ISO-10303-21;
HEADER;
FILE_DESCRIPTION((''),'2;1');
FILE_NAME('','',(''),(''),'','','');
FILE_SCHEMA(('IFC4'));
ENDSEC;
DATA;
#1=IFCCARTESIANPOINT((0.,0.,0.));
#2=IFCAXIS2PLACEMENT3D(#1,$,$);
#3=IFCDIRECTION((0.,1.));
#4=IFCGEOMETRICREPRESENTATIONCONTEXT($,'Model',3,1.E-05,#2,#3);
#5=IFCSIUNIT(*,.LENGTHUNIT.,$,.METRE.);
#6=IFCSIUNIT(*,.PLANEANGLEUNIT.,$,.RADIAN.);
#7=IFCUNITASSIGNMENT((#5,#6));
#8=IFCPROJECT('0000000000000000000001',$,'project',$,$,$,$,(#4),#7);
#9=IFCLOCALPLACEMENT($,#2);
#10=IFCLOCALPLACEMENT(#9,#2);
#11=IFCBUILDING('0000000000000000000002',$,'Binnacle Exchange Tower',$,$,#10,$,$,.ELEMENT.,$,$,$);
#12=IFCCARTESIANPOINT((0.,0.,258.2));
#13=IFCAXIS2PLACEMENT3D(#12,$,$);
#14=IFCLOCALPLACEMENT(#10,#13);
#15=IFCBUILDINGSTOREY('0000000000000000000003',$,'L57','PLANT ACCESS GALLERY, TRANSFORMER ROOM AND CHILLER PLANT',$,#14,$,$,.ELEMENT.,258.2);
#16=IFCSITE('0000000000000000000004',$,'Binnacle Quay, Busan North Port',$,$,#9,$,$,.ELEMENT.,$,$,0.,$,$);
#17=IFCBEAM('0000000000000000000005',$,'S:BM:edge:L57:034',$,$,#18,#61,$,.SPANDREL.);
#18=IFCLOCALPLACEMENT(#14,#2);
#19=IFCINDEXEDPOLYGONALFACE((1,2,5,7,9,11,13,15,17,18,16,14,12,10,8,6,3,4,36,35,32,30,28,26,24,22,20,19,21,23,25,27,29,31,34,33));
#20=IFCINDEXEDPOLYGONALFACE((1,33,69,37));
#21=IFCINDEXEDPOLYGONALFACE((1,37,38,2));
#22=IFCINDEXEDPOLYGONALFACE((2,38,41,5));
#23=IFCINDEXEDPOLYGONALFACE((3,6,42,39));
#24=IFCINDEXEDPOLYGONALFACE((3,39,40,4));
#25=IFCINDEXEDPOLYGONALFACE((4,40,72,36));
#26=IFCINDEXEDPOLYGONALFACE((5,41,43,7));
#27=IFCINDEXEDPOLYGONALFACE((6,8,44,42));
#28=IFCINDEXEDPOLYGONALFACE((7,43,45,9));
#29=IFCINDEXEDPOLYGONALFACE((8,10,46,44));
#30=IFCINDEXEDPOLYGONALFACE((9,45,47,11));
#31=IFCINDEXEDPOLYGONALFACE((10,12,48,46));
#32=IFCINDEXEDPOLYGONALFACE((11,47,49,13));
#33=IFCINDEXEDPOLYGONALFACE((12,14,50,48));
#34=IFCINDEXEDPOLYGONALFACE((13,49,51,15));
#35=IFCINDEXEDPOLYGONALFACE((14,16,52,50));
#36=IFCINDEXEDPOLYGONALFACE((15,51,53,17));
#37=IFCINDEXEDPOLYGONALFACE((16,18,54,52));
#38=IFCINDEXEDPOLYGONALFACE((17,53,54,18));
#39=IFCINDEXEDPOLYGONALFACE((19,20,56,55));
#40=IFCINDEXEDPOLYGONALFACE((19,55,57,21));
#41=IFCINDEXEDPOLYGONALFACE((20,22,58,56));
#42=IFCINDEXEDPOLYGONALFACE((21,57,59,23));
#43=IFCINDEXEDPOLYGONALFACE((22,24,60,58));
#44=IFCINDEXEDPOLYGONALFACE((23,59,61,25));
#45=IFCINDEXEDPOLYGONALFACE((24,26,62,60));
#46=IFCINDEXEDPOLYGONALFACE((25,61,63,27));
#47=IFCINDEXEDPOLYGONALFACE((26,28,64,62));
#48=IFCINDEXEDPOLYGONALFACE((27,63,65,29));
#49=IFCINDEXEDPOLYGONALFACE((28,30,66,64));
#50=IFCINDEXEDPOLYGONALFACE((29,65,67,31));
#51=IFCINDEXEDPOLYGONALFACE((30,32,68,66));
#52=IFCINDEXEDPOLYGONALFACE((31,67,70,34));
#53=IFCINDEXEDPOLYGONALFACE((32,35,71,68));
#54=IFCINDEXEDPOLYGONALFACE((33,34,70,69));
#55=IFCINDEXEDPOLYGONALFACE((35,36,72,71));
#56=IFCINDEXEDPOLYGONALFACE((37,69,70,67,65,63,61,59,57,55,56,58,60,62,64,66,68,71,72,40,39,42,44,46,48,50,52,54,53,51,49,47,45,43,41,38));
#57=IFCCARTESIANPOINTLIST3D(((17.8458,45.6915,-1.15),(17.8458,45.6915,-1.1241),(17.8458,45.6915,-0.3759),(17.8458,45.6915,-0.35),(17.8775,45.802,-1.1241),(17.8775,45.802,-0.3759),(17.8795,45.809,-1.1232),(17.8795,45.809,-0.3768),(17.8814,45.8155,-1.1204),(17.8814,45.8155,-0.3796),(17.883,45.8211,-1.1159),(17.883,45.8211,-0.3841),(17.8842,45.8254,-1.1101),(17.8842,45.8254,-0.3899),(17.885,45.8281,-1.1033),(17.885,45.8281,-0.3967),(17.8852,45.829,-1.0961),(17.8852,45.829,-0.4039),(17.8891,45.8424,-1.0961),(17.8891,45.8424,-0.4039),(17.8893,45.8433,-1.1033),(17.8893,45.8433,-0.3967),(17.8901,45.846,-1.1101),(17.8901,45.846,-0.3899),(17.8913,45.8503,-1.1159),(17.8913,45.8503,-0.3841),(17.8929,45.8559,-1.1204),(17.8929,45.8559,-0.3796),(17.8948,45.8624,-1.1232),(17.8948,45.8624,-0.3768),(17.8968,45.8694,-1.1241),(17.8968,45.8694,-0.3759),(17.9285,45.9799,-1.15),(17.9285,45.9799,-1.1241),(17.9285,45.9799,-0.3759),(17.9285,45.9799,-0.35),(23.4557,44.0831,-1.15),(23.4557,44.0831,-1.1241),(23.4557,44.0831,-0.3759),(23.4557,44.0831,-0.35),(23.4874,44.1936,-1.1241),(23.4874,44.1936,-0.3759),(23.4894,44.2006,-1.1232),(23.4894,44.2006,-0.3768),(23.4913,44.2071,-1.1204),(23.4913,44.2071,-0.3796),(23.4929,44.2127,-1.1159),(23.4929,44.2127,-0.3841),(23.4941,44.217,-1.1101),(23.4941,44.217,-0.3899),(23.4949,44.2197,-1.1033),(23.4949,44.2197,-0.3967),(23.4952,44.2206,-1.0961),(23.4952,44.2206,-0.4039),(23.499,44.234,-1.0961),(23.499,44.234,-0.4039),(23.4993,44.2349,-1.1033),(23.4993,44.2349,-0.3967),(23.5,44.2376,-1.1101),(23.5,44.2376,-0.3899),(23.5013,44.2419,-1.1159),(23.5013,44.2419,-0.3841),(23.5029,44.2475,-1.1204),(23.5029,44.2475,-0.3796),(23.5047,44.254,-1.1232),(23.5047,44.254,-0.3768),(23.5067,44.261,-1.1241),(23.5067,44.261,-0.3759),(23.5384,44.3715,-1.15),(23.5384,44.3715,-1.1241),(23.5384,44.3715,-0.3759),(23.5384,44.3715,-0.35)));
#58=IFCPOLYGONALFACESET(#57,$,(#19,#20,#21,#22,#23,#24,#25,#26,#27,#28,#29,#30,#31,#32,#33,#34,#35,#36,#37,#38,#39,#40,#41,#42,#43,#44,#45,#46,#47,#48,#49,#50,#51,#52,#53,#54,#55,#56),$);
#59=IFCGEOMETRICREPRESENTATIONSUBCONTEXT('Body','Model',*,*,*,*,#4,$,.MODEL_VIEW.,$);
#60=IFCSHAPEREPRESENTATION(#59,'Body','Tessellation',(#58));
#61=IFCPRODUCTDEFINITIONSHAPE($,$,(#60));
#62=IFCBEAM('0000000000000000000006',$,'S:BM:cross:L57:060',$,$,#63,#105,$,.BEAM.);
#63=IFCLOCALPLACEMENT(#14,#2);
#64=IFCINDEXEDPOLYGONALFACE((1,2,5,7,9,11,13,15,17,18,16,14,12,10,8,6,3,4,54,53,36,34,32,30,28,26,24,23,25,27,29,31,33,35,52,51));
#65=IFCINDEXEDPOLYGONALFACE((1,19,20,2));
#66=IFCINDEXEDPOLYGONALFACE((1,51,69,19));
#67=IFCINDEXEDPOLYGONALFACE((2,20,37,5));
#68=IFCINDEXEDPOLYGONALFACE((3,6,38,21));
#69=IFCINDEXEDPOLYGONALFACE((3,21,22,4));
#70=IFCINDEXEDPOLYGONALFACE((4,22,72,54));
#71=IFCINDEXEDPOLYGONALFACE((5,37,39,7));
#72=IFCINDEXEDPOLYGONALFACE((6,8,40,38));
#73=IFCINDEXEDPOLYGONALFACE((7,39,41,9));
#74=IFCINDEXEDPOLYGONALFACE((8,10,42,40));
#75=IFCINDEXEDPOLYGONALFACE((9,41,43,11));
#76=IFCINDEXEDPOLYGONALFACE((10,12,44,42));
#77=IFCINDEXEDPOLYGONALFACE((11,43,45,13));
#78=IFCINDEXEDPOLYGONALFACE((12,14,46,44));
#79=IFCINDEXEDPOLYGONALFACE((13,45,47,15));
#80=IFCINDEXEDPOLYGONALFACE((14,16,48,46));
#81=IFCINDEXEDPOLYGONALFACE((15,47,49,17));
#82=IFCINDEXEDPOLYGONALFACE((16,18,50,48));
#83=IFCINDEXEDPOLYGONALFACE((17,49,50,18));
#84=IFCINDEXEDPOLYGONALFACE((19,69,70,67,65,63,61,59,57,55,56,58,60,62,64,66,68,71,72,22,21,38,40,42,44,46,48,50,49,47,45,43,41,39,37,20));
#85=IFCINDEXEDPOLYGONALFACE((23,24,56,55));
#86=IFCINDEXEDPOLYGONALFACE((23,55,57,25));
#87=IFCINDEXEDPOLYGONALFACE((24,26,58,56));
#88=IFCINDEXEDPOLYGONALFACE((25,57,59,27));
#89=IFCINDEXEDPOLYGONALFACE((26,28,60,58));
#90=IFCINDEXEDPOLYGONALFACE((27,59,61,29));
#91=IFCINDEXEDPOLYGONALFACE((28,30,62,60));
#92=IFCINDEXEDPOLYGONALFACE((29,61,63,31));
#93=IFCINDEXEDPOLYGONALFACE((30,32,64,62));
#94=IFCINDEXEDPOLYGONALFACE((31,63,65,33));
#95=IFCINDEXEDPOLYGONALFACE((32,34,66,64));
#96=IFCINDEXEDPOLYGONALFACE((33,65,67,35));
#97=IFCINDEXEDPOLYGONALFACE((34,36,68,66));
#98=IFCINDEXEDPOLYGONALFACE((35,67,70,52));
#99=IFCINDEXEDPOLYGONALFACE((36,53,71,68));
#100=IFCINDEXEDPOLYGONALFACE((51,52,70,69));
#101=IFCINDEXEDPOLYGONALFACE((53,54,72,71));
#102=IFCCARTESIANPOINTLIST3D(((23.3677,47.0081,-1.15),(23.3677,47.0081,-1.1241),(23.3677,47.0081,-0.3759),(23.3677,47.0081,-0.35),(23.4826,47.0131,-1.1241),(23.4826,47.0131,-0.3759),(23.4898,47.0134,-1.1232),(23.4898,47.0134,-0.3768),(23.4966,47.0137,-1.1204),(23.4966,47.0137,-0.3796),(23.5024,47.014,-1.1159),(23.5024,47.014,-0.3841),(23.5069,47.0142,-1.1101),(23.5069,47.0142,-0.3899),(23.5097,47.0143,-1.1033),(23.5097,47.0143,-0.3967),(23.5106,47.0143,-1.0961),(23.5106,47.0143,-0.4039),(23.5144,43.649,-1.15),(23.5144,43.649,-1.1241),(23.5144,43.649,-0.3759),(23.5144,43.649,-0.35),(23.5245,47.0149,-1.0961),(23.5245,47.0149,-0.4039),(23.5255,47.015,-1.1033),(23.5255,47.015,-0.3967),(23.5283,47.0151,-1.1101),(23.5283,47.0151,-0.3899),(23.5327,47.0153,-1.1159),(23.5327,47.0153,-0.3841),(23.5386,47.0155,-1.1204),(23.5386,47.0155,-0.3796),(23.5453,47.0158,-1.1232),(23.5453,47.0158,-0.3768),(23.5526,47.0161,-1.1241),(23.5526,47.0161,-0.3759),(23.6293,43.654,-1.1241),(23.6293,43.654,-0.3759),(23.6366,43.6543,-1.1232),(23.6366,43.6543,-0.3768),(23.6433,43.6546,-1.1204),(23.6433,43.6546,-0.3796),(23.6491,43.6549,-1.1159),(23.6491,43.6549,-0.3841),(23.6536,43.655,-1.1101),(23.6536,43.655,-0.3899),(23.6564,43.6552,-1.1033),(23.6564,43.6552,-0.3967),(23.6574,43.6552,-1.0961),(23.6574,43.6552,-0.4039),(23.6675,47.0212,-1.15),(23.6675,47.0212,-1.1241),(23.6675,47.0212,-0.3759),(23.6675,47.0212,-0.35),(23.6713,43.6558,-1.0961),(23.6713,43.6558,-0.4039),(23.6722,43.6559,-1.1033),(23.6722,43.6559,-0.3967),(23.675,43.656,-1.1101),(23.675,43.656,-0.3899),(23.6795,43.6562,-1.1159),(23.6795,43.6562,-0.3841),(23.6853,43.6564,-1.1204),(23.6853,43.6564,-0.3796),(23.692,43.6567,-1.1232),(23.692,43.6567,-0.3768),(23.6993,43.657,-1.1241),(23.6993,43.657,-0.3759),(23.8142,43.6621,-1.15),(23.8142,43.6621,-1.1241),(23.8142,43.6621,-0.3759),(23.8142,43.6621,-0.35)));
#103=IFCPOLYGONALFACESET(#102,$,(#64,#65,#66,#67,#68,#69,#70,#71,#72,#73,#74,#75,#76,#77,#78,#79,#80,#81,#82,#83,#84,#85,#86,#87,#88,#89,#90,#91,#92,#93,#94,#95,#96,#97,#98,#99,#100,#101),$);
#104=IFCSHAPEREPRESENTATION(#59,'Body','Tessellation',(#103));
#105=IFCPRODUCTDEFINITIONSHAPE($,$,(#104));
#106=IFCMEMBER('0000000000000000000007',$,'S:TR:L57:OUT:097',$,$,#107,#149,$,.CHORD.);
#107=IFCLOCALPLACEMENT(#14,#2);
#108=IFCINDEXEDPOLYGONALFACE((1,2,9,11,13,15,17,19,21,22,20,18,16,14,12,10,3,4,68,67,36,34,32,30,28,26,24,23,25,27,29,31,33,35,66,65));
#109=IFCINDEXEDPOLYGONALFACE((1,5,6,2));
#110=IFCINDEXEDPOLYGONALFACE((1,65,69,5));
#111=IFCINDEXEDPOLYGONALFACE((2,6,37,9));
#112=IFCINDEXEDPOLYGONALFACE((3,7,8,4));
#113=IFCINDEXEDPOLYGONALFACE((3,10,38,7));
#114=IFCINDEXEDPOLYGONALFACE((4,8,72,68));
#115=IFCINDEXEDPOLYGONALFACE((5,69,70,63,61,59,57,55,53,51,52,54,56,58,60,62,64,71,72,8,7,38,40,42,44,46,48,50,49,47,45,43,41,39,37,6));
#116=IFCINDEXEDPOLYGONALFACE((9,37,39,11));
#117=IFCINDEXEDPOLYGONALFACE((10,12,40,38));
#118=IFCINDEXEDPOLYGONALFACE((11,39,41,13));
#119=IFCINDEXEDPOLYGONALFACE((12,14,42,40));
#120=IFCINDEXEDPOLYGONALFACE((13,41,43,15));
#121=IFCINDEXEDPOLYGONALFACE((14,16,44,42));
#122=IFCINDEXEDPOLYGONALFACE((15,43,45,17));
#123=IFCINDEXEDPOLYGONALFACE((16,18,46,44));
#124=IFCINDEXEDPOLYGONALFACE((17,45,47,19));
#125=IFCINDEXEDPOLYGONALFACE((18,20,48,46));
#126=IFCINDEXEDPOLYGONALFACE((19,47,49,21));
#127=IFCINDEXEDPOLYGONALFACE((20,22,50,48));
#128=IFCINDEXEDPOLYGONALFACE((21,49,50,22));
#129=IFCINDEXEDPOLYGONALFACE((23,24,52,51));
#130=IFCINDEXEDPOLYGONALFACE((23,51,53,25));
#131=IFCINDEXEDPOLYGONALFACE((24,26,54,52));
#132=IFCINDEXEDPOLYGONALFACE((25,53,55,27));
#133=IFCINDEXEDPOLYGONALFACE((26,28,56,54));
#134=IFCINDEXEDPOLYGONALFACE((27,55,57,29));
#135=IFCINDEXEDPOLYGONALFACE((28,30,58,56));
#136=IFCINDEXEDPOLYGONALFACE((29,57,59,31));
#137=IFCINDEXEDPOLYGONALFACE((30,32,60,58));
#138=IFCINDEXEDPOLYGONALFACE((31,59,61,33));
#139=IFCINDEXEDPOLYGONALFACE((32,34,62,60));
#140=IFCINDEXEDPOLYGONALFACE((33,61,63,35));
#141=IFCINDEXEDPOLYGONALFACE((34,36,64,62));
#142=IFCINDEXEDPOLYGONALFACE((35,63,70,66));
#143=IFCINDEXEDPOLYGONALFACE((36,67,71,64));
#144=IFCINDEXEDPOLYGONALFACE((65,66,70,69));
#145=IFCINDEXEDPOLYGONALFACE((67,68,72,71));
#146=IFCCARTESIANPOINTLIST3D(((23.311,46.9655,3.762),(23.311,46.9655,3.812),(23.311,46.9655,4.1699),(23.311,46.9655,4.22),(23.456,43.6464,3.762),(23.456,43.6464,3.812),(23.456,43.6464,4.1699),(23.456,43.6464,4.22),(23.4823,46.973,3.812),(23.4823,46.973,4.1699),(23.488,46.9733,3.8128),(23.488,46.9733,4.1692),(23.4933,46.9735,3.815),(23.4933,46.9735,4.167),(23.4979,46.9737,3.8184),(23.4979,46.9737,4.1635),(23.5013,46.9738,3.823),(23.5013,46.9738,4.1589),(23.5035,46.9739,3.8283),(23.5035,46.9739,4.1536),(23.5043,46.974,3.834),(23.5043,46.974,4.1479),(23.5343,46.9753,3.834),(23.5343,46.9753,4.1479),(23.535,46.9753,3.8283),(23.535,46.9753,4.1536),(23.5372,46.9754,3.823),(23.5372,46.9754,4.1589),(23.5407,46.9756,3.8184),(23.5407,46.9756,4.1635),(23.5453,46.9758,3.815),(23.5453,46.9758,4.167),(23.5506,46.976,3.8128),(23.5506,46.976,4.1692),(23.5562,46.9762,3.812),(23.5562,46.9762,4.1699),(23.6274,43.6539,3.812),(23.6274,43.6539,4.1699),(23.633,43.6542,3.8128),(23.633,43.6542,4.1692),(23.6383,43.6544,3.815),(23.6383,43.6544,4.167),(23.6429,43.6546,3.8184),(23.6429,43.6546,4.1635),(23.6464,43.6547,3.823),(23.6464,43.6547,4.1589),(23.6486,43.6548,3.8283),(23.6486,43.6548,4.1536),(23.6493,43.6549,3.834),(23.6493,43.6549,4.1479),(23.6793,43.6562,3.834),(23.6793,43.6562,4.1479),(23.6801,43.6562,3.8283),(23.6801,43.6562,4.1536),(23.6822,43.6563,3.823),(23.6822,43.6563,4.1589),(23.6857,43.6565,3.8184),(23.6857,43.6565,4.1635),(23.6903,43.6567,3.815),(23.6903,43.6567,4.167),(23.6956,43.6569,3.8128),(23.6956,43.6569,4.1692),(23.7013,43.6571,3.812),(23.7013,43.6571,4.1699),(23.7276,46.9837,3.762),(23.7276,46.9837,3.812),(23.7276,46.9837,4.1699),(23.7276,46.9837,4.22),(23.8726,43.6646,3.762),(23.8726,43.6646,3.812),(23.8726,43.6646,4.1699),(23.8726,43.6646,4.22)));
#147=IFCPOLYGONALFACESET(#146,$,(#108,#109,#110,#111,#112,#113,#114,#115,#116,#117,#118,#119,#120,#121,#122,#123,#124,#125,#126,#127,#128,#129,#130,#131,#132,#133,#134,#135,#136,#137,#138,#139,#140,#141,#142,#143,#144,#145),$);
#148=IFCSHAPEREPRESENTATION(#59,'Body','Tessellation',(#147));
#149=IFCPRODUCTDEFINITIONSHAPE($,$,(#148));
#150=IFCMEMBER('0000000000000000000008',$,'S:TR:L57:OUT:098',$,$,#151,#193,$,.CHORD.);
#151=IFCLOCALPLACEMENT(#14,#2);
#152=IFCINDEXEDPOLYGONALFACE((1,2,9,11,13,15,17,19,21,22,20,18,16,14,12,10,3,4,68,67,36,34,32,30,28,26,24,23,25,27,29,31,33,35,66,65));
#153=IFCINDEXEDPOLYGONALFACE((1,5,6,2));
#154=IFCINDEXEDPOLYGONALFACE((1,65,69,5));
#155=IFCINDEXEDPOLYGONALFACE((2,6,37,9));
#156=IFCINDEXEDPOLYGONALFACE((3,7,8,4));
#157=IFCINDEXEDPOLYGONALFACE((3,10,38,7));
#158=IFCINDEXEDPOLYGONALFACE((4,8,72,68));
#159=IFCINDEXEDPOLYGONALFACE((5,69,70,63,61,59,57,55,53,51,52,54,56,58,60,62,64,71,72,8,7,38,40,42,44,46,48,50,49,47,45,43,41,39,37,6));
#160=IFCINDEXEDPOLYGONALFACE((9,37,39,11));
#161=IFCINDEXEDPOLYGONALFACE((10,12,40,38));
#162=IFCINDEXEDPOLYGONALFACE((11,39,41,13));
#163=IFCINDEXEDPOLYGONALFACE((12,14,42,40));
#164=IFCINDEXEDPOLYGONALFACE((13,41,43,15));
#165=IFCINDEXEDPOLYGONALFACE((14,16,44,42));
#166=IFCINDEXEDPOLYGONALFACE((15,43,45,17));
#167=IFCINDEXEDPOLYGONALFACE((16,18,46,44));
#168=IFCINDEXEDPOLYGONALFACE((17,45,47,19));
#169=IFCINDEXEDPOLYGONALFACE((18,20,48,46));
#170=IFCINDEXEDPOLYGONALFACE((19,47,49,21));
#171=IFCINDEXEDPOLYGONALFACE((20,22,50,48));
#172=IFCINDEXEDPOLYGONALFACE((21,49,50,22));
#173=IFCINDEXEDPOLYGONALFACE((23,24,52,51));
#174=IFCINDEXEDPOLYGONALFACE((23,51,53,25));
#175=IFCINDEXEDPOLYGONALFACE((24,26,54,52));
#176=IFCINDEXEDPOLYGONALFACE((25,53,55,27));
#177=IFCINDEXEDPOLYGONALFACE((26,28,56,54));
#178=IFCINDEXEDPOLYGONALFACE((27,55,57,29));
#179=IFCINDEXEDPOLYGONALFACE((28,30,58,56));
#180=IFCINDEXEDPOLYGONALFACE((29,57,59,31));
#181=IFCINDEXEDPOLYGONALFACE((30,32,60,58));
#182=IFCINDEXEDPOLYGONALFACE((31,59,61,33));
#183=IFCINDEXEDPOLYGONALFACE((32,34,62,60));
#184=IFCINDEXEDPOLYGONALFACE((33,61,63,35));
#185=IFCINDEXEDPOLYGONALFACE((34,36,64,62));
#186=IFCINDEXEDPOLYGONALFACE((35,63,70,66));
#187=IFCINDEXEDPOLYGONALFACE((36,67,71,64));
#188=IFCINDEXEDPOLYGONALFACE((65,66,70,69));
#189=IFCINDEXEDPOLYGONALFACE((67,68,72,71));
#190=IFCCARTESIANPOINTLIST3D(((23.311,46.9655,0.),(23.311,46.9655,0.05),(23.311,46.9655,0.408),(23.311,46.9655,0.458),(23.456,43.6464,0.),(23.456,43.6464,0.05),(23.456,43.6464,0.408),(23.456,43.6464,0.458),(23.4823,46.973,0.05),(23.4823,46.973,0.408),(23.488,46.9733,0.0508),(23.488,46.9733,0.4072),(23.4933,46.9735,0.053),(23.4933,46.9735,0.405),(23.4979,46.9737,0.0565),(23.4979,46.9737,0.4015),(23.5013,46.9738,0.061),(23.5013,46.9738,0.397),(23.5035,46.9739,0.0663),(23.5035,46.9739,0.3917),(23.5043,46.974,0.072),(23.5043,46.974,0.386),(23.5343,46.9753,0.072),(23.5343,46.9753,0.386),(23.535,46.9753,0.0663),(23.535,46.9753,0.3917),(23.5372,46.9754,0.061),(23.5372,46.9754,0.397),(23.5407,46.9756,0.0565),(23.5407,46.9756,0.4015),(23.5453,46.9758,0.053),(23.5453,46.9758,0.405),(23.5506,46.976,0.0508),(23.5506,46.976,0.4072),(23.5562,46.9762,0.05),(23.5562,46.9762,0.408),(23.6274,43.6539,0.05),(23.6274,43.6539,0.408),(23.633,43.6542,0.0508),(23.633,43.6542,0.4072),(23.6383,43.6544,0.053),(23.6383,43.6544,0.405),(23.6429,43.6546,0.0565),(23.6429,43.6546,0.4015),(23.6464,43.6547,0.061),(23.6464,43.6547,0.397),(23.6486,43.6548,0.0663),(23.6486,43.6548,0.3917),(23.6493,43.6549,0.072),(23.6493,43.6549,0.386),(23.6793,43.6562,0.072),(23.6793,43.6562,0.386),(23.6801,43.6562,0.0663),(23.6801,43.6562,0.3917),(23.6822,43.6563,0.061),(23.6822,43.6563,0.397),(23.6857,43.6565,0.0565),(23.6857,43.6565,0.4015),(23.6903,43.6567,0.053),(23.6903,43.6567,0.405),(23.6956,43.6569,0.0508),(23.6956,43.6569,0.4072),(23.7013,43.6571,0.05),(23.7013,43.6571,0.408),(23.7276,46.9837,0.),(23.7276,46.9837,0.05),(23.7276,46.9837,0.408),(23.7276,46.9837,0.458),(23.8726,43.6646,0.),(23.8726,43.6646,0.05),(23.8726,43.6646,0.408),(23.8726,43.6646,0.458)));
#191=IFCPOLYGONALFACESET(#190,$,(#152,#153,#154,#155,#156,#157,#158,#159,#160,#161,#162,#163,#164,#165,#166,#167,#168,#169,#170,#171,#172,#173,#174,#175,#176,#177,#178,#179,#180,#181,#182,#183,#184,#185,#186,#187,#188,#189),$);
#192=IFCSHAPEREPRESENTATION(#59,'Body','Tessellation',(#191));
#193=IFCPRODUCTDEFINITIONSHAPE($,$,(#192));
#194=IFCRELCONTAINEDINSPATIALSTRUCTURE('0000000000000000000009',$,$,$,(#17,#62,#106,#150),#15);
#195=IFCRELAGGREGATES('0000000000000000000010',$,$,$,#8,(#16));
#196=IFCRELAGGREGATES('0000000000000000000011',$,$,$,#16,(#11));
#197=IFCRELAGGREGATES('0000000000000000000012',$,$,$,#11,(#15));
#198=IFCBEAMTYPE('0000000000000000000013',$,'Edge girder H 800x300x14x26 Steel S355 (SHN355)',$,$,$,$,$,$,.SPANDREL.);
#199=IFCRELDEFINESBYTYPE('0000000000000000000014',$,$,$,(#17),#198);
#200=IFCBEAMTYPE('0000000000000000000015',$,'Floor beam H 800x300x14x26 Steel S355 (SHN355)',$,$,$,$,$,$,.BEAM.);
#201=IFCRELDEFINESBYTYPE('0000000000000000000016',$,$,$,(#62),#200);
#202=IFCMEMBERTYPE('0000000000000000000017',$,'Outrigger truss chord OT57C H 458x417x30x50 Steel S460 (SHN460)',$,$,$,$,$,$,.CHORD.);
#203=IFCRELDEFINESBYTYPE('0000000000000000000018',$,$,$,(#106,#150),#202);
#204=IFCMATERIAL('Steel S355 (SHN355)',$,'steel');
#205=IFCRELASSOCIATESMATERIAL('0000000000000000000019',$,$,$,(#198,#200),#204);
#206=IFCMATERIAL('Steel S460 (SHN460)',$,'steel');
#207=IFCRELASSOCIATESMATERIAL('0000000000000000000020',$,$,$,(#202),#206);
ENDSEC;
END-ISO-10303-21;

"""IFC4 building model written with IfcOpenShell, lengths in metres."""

from ifc_helpers import new_model, si_unit, direction, frame, origin, origin_2d, place, context, subcontext, project, spatial, i_section, extrude, material, material_profile, profile_set, type_object, element, save


model = new_model("IFC4")

# Units and contexts
model_context = context("Model", 3, precision=1e-05, world=origin(), true_north=direction((0.0, 1.0)))
body_context = subcontext(model_context, "Body", "Model", "MODEL_VIEW")
ifc_project = project(units=[si_unit("LENGTHUNIT", "METRE"), si_unit("PLANEANGLEUNIT", "RADIAN")], contexts=[model_context])

# Site, building, storey
site_placement = place(None, origin())
site = spatial("IfcSite", under=ifc_project, at=site_placement, Name="Binnacle Quay, Busan North Port", CompositionType="ELEMENT", RefElevation=0.0)
building_placement = place(site_placement, origin())
building = spatial("IfcBuilding", under=site, at=building_placement, Name="Binnacle Exchange Tower", CompositionType="ELEMENT")
storey_placement = place(building_placement, frame((0.0, 0.0, 258.2)))
storey = spatial("IfcBuildingStorey", under=building, at=storey_placement, Name="L57", Description="PLANT ACCESS GALLERY, TRANSFORMER ROOM AND CHILLER PLANT", CompositionType="ELEMENT", Elevation=258.2)

# Shared definitions
ifc_material_1 = material(Name="Steel S355 (SHN355)", Category="steel")

# Beams
ifc_material_profile_1 = material_profile(ifc_material_1, i_section(OverallWidth=0.3, OverallDepth=0.8, WebThickness=0.0139, FlangeThickness=0.0259, FilletRadius=0.0281, at=origin_2d()), Name="H 800x300x14x26")
ifc_profile_set_1 = profile_set([ifc_material_profile_1], Name="Steel S355 (SHN355)")
beam_type_1 = type_object("IfcBeamType", Name="Edge girder H 800x300x14x26 Steel S355 (SHN355)", PredefinedType="SPANDREL", material=ifc_profile_set_1)
beam_1_placement = place(storey_placement, frame((23.4971, 44.2273, -0.75), z_axis=(-0.961271, 0.275605, 0.0), x_axis=(-0.275605, -0.961271, 0.0)))
element("IfcBeam", 1, at=beam_1_placement, inside=storey, type_object=beam_type_1, Name="S:BM:edge:L57:034", PredefinedType="SPANDREL", context=body_context, shape_type="SweptSolid", body=[
    extrude(i_section(OverallWidth=0.3, OverallDepth=0.8, WebThickness=0.0139, FlangeThickness=0.0259, FilletRadius=0.0281, at=origin_2d()), origin(), (0.0, 0.0, 1.0), 5.8359),
])
ifc_material_profile_2 = material_profile(ifc_material_1, i_section(OverallWidth=0.3, OverallDepth=0.8, WebThickness=0.0139, FlangeThickness=0.0259, FilletRadius=0.0281, at=origin_2d()), Name="H 800x300x14x26")
ifc_profile_set_2 = profile_set([ifc_material_profile_2], Name="Steel S355 (SHN355)")
beam_type_2 = type_object("IfcBeamType", Name="Floor beam H 800x300x14x26 Steel S355 (SHN355)", PredefinedType="BEAM", material=ifc_profile_set_2)
beam_2_placement = place(storey_placement, frame((23.6643, 43.6555, -0.75), z_axis=(-0.043639, 0.999047, 0.0), x_axis=(-0.999047, -0.043639, 0.0)))
element("IfcBeam", 2, at=beam_2_placement, inside=storey, type_object=beam_type_2, Name="S:BM:cross:L57:060", PredefinedType="BEAM", context=body_context, shape_type="SweptSolid", body=[
    extrude(i_section(OverallWidth=0.3, OverallDepth=0.8, WebThickness=0.0139, FlangeThickness=0.0259, FilletRadius=0.0281, at=origin_2d()), origin(), (0.0, 0.0, 1.0), 3.3623),
])

# Members
ifc_material_2 = material(Name="Steel S460 (SHN460)", Category="steel")
ifc_material_profile_3 = material_profile(ifc_material_2, i_section(OverallWidth=0.417, OverallDepth=0.458, WebThickness=0.03, FlangeThickness=0.05, FilletRadius=0.022, at=origin_2d()), Name="H 458x417x30x50")
ifc_profile_set_3 = profile_set([ifc_material_profile_3], Name="Steel S460 (SHN460)")
member_type_1 = type_object("IfcMemberType", Name="Outrigger truss chord OT57C H 458x417x30x50 Steel S460 (SHN460)", PredefinedType="CHORD", material=ifc_profile_set_3)
for number, where, z_axis, x_axis, name in (
    (3, (23.6643, 43.6555, 3.991), (-0.043651, 0.999047, 0.0), (-0.999047, -0.043651, 0.0), "S:TR:L57:OUT:097"),
    (4, (23.6643, 43.6555, 0.229), (-0.043651, 0.999047, 0.0), (-0.999047, -0.043651, 0.0), "S:TR:L57:OUT:098"),
):
    element("IfcMember", number, at=place(storey_placement, frame(where, z_axis=z_axis, x_axis=x_axis)), inside=storey, type_object=member_type_1, Name=name, PredefinedType="CHORD", context=body_context, shape_type="SweptSolid", body=[
        extrude(i_section(OverallWidth=0.417, OverallDepth=0.458, WebThickness=0.03, FlangeThickness=0.05, FilletRadius=0.022, at=origin_2d()), origin(), (0.0, 0.0, 1.0), 3.3223),
    ])

save(model, "model.ifc")
